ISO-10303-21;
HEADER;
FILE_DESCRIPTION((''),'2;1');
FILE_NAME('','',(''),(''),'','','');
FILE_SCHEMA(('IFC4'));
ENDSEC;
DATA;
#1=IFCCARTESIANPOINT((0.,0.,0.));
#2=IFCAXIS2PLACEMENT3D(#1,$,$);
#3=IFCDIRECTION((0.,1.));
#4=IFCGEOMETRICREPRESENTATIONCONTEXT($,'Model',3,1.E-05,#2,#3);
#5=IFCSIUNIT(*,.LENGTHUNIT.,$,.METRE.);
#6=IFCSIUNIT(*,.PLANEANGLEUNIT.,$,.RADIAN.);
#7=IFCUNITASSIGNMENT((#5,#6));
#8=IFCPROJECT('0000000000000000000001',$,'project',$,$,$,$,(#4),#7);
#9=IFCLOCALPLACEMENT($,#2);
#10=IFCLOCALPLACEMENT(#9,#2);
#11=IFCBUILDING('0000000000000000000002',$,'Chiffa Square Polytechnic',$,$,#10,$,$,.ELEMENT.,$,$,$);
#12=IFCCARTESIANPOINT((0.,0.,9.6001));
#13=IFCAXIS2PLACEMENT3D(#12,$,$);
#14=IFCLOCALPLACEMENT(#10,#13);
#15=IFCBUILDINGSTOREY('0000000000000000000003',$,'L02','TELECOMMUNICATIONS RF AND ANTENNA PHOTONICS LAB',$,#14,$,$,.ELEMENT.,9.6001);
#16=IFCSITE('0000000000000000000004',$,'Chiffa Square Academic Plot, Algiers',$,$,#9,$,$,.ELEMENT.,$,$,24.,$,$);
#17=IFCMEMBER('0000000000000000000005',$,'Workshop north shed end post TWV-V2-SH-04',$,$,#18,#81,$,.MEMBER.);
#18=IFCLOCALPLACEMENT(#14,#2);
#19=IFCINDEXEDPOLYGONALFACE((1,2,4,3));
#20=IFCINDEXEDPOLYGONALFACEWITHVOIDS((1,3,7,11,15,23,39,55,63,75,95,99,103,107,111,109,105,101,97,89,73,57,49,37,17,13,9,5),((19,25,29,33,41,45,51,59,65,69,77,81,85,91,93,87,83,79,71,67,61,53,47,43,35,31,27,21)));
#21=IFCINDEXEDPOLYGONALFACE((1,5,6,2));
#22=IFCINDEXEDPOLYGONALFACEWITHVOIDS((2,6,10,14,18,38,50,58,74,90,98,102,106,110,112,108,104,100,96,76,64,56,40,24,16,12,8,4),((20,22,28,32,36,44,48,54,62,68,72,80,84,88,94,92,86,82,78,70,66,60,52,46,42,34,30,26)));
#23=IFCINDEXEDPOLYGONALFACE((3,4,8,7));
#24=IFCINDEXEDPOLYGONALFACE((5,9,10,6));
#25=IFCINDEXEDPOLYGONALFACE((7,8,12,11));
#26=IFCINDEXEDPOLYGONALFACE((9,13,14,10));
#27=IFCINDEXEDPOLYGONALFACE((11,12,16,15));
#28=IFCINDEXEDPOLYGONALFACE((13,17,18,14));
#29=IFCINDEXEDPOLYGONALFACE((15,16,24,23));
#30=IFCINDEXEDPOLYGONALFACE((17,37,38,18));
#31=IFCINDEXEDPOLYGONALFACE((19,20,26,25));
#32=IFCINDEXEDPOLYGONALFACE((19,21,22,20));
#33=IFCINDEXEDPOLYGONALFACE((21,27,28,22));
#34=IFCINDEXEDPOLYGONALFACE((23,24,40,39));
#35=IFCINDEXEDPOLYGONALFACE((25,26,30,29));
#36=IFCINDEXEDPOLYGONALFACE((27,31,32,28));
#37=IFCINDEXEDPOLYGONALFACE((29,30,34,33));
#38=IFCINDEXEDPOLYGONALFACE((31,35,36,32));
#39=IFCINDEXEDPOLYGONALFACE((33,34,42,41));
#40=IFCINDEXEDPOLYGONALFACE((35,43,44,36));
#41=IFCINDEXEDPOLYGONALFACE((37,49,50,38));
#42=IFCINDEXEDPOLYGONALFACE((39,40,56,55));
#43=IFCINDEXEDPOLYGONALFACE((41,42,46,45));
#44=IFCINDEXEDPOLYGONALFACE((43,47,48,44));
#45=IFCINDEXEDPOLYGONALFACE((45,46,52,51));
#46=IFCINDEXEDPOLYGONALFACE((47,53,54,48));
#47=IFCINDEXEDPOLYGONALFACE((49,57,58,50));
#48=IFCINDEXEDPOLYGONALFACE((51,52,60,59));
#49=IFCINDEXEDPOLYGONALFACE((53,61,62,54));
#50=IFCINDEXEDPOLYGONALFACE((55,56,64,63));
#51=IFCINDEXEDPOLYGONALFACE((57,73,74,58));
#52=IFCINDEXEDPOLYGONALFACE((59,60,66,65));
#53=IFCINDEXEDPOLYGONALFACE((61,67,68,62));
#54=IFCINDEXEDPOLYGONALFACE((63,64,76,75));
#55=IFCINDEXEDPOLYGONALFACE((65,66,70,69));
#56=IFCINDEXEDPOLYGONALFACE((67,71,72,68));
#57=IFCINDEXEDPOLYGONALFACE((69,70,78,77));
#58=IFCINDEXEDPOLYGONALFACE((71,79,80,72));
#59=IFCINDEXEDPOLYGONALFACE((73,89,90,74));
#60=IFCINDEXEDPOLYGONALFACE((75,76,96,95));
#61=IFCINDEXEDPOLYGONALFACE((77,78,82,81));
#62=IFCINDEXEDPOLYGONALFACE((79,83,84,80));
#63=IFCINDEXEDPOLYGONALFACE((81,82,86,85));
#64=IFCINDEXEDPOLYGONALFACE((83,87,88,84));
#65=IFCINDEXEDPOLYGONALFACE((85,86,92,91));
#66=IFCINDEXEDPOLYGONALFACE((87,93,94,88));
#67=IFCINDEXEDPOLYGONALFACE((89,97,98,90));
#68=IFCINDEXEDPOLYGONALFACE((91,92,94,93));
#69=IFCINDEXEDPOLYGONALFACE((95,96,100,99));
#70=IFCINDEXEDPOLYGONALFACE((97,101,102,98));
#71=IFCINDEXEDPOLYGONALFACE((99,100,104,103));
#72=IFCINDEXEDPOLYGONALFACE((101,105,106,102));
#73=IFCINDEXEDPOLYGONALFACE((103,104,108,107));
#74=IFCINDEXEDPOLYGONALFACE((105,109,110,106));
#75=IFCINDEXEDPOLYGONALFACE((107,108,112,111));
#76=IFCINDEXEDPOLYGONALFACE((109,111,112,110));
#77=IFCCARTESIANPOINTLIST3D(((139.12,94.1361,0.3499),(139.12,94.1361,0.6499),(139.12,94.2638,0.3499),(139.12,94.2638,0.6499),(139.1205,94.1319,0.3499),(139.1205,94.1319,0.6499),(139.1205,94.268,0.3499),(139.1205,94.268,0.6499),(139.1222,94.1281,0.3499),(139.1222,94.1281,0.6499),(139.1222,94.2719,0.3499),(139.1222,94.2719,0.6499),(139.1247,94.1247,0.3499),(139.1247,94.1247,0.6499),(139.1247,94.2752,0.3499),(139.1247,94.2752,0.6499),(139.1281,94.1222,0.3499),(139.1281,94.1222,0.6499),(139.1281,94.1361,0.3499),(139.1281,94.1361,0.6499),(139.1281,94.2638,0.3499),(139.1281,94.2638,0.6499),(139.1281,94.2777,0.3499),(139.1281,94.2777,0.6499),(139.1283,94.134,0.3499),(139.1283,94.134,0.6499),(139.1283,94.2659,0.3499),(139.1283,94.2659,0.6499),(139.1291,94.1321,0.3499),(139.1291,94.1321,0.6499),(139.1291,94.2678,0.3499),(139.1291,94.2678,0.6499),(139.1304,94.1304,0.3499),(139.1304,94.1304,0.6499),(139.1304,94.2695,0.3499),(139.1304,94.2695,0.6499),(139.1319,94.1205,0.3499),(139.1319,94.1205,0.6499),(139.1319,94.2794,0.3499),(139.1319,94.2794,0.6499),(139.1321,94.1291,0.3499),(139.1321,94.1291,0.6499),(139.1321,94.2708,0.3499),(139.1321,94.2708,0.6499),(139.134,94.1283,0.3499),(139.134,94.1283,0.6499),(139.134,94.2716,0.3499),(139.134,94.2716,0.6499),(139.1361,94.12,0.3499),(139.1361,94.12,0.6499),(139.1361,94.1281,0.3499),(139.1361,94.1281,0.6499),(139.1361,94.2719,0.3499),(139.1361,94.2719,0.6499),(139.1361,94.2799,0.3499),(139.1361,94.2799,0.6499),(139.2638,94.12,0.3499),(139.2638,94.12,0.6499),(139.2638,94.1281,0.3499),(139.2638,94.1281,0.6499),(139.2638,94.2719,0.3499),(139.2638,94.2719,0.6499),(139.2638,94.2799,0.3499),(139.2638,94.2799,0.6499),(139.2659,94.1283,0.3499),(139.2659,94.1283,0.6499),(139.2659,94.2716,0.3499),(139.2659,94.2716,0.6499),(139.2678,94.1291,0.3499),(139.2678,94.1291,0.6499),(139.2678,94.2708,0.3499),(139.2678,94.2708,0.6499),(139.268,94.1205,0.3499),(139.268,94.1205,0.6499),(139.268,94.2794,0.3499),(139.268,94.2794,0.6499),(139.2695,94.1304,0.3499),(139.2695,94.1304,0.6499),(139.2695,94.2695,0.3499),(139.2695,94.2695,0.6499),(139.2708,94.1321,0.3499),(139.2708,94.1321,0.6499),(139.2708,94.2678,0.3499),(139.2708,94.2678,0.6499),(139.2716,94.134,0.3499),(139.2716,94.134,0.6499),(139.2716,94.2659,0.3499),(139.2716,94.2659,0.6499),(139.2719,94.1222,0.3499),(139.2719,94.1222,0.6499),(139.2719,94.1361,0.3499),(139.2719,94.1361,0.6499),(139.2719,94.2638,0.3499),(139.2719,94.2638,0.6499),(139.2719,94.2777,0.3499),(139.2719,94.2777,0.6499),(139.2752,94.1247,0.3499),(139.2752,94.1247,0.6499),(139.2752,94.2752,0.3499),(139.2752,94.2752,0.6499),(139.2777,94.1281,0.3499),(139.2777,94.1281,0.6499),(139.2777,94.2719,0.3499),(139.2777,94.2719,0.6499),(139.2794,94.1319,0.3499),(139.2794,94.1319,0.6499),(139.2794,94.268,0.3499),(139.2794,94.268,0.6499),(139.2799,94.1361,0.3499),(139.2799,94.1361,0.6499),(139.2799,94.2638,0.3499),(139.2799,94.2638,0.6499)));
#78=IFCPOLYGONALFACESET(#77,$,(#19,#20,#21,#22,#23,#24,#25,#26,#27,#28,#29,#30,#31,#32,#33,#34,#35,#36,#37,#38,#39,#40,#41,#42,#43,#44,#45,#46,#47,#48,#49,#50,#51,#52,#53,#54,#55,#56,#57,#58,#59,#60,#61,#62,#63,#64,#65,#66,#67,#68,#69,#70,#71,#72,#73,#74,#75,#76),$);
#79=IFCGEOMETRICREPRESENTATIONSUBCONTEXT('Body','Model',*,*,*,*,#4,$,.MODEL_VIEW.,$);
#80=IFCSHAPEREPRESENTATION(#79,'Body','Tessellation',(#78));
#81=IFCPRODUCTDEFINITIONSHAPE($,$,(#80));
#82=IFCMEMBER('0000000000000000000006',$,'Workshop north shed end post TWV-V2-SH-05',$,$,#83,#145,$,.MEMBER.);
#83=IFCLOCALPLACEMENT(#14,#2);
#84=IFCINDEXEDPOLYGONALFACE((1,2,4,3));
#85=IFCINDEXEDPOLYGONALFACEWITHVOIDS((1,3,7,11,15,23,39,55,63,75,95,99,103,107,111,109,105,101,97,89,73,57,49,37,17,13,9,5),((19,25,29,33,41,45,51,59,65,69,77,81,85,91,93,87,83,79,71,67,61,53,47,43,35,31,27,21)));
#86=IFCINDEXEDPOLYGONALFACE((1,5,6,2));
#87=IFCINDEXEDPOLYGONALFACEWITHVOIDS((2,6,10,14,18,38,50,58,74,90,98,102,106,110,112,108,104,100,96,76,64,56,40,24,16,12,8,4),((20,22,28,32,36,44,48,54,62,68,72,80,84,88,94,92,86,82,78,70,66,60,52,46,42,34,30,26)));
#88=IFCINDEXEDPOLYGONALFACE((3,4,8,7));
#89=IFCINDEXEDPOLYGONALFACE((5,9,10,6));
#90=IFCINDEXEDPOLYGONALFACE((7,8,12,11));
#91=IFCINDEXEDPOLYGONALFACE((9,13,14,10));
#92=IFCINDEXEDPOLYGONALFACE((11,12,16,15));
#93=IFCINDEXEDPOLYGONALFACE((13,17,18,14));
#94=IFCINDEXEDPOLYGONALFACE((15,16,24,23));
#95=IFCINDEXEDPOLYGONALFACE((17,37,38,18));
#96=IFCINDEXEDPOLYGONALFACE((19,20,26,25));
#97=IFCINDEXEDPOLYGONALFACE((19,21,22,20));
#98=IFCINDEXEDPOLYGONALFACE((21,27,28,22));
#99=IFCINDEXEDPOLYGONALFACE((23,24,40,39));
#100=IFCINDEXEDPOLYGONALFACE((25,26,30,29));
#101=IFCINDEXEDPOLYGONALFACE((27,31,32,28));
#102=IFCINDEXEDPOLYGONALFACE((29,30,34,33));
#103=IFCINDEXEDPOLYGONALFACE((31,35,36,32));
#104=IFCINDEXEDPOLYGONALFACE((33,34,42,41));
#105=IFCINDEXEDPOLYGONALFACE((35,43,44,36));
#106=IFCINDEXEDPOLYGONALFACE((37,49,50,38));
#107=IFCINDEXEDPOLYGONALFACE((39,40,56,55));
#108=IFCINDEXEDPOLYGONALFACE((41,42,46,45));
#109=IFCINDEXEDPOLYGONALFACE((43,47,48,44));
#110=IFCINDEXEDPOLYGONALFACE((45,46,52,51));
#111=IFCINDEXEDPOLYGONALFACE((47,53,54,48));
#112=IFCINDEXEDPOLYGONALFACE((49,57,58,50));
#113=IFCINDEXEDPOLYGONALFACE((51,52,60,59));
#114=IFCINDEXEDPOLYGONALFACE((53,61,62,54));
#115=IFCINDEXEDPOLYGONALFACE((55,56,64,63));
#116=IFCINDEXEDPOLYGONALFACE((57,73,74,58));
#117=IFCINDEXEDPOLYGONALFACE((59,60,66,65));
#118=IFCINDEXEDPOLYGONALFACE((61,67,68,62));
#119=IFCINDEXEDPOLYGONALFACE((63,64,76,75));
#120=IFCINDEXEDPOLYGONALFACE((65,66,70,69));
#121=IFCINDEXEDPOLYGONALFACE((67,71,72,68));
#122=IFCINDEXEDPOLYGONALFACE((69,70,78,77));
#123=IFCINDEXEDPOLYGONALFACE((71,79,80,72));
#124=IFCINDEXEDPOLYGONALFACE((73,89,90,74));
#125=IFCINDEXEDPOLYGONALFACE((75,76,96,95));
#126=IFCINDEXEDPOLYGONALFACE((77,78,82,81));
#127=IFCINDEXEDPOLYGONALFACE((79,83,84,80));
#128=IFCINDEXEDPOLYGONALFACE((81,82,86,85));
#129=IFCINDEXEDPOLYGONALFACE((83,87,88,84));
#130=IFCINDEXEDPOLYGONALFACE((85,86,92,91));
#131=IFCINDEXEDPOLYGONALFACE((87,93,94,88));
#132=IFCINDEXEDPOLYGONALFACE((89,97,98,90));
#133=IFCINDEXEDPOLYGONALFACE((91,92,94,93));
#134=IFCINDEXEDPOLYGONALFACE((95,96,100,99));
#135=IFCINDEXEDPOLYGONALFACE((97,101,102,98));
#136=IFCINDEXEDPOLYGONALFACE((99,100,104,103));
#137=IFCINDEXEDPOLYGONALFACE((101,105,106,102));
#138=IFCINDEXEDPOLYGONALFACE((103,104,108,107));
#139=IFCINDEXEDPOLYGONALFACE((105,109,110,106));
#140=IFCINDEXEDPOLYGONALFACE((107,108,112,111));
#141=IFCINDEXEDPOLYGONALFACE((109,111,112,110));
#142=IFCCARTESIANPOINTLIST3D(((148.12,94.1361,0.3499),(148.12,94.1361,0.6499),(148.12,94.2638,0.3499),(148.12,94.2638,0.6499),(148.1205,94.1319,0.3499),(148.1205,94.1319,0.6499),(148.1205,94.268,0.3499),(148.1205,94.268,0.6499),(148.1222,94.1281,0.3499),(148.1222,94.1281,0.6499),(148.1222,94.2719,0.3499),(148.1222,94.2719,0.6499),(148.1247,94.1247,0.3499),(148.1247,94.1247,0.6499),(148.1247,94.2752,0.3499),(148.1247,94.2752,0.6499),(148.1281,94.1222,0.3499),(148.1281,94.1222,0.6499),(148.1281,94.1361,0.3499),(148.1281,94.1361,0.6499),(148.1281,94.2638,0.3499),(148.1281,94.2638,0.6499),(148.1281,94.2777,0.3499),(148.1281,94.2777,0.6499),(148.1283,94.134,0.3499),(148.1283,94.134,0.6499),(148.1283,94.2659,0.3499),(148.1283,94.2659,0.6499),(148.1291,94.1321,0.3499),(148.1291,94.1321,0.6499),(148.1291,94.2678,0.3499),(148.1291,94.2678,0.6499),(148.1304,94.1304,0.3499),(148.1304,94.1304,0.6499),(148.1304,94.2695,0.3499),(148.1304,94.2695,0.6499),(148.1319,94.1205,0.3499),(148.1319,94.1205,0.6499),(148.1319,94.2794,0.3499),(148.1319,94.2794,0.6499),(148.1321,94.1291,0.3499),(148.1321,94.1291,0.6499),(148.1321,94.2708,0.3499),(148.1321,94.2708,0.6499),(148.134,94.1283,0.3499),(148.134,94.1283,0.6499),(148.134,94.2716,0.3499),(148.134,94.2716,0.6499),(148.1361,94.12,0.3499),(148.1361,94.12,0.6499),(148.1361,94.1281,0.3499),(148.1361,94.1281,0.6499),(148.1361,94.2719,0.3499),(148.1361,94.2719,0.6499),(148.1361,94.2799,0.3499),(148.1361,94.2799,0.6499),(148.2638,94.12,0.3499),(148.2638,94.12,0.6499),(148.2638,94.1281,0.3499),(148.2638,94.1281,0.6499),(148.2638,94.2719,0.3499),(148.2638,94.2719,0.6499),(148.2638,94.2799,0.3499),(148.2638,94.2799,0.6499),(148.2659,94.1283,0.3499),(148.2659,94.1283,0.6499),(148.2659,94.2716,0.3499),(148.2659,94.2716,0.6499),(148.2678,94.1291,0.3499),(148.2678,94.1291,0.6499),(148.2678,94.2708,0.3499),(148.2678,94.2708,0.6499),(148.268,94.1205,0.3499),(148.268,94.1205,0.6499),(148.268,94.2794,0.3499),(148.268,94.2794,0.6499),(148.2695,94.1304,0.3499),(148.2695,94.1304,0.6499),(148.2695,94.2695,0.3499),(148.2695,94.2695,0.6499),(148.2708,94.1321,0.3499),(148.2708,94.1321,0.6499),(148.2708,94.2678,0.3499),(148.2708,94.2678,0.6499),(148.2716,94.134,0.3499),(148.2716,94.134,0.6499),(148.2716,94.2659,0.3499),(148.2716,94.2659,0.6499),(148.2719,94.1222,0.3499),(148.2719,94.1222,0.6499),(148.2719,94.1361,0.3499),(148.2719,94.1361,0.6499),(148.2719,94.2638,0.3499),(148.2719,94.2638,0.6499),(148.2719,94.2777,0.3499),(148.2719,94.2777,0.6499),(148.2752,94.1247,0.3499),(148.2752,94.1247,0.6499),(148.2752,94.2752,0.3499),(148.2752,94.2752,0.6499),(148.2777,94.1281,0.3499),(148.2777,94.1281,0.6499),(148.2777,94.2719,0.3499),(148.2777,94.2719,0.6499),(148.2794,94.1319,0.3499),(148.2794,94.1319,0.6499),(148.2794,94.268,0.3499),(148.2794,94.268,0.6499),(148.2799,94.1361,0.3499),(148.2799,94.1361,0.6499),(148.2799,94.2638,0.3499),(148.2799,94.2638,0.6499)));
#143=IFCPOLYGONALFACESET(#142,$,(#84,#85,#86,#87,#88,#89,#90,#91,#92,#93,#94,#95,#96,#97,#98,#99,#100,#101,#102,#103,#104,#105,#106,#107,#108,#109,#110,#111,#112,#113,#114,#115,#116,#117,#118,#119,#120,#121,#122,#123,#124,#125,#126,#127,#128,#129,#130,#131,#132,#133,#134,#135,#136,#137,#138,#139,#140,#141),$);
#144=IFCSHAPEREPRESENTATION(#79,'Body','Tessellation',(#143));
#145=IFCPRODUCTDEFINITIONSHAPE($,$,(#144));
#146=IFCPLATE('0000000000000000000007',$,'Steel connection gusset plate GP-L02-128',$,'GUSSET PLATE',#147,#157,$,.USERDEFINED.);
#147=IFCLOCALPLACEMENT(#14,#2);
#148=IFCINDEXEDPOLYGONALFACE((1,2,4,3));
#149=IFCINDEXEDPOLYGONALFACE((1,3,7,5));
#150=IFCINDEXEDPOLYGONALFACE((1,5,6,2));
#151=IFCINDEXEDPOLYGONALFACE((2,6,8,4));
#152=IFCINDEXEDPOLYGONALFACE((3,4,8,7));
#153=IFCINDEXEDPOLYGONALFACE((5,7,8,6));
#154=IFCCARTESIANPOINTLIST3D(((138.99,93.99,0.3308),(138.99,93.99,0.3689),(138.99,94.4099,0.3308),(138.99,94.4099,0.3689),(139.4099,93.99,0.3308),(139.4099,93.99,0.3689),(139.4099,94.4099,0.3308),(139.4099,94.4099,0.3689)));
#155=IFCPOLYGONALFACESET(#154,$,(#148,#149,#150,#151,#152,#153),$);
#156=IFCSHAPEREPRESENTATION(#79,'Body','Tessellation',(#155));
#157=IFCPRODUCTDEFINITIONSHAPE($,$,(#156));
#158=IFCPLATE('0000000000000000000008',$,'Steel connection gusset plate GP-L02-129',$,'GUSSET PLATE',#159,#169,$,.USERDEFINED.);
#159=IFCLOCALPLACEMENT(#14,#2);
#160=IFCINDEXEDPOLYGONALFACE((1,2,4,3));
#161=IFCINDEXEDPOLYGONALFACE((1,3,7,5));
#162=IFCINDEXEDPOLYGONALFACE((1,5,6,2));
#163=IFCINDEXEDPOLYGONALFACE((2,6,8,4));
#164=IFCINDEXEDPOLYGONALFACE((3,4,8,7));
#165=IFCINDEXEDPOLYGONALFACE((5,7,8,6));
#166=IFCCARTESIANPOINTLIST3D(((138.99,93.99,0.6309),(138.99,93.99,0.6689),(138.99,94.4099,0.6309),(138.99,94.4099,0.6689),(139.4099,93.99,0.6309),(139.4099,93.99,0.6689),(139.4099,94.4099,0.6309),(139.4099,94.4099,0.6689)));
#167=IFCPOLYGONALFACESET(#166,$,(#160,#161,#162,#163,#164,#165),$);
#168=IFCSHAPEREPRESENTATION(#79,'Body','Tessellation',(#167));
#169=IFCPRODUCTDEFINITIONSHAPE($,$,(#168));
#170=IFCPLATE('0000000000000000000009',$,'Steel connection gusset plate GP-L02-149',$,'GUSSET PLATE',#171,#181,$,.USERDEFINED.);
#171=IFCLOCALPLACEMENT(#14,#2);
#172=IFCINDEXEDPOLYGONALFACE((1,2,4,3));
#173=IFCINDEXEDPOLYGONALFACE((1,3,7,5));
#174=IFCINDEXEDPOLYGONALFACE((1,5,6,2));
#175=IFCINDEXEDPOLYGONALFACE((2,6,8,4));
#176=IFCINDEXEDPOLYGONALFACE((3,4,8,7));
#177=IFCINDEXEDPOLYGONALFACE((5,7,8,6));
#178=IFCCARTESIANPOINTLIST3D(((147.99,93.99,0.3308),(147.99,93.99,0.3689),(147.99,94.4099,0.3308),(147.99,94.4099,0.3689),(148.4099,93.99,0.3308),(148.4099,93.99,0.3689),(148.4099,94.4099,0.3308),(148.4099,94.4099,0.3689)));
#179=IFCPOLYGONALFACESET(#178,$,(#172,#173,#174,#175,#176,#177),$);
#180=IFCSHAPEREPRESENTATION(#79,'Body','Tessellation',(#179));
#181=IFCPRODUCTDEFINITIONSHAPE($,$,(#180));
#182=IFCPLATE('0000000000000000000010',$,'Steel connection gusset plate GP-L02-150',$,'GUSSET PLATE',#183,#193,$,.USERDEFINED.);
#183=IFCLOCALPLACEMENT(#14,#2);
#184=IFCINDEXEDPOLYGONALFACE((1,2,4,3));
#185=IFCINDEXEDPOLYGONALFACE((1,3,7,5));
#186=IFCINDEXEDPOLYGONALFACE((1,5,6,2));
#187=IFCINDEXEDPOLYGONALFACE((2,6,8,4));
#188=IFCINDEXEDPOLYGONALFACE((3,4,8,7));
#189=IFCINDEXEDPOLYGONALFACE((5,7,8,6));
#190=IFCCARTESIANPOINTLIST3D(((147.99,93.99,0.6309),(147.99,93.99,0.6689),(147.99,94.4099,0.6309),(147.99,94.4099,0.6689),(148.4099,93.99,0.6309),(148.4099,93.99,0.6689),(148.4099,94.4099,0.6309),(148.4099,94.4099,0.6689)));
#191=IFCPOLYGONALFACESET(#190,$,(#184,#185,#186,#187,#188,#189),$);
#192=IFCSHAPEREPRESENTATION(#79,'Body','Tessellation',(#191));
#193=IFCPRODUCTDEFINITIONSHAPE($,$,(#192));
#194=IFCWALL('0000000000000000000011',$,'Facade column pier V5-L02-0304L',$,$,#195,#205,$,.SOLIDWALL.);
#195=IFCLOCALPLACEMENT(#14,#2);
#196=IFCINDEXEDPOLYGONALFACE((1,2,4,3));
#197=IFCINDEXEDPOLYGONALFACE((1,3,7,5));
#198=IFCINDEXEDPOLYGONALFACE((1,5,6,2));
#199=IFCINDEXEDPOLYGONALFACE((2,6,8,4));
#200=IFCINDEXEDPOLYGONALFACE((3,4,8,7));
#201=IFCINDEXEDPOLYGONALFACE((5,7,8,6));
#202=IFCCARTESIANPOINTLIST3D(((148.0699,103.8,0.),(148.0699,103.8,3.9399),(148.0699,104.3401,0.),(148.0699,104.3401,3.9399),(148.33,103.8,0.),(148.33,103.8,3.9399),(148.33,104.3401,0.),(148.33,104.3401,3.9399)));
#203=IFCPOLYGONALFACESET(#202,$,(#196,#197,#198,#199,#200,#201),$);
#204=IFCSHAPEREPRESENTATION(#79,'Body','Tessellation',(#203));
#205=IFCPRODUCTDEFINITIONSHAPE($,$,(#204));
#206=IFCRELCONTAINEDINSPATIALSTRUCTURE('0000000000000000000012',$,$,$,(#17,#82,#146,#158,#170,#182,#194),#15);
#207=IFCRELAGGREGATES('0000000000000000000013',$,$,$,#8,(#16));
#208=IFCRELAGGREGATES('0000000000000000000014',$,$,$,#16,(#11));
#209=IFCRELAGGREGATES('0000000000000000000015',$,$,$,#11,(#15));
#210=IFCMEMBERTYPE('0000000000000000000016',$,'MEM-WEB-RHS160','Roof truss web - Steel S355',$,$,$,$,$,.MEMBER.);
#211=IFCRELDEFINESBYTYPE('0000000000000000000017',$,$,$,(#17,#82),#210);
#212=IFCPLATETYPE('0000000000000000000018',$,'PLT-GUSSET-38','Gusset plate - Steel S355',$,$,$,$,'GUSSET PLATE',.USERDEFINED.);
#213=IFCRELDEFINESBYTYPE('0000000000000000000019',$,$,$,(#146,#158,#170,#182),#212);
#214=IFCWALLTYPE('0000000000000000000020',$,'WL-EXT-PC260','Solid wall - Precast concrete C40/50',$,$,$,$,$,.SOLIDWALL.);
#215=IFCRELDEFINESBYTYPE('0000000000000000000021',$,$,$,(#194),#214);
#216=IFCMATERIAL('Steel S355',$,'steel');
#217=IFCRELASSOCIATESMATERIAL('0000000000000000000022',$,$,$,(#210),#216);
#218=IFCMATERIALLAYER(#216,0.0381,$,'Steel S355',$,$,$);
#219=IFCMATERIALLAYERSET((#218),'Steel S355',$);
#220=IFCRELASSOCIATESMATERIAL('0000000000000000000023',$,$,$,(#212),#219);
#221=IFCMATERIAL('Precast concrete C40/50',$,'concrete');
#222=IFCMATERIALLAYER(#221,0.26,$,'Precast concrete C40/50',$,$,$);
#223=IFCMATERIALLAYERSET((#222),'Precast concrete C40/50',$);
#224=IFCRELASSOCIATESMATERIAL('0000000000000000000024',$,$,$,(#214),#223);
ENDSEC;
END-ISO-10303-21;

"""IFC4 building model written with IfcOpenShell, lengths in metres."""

from ifc_helpers import new_model, si_unit, direction, frame, frame_2d, origin, origin_2d, place, context, subcontext, project, spatial, rectangle, hollow_rectangle, extrude, material, layer, layer_set, material_profile, profile_set, type_object, element, save


model = new_model("IFC4")

# Units and contexts
model_context = context("Model", 3, precision=1e-05, world=origin(), true_north=direction((0.0, 1.0)))
body_context = subcontext(model_context, "Body", "Model", "MODEL_VIEW")
ifc_project = project(units=[si_unit("LENGTHUNIT", "METRE"), si_unit("PLANEANGLEUNIT", "RADIAN")], contexts=[model_context])

# Site, building, storey
site_placement = place(None, origin())
site = spatial("IfcSite", under=ifc_project, at=site_placement, Name="Chiffa Square Academic Plot, Algiers", CompositionType="ELEMENT", RefElevation=24.0)
building_placement = place(site_placement, origin())
building = spatial("IfcBuilding", under=site, at=building_placement, Name="Chiffa Square Polytechnic", CompositionType="ELEMENT")
storey_placement = place(building_placement, frame((0.0, 0.0, 9.6001)))
storey = spatial("IfcBuildingStorey", under=building, at=storey_placement, Name="L02", Description="TELECOMMUNICATIONS RF AND ANTENNA PHOTONICS LAB", CompositionType="ELEMENT", Elevation=9.6001)

# Shared definitions
ifc_material_1 = material(Name="Steel S355", Category="steel")

# Members
ifc_material_profile_1 = material_profile(ifc_material_1, hollow_rectangle(XDim=0.1599, YDim=0.1599, WallThickness=0.0081, InnerFilletRadius=0.0081, OuterFilletRadius=0.0161, at=origin_2d()), Name="RHS 160x160x8")
ifc_profile_set_1 = profile_set([ifc_material_profile_1], Name="Steel S355")
member_type_1 = type_object("IfcMemberType", Name="MEM-WEB-RHS160", Description="Roof truss web - Steel S355", PredefinedType="MEMBER", material=ifc_profile_set_1)
for number, where, z_axis, x_axis, name in (
    (1, (139.2, 94.2, 0.3499), (0.0, 0.0, 1.0), (1.0, 0.0, 0.0), "Workshop north shed end post TWV-V2-SH-04"),
    (2, (148.2, 94.2, 0.3499), (0.0, 0.0, 1.0), (1.0, 0.0, 0.0), "Workshop north shed end post TWV-V2-SH-05"),
):
    element("IfcMember", number, at=place(storey_placement, frame(where, z_axis=z_axis, x_axis=x_axis)), inside=storey, type_object=member_type_1, Name=name, PredefinedType="MEMBER", context=body_context, shape_type="SweptSolid", body=[
        extrude(hollow_rectangle(XDim=0.1599, YDim=0.1599, WallThickness=0.0081, InnerFilletRadius=0.0081, OuterFilletRadius=0.0161, at=origin_2d()), origin(), (0.0, 0.0, 1.0), 0.3),
    ])

# Plates
ifc_layer_1 = layer(ifc_material_1, 0.0381, Name="Steel S355")
ifc_layer_set_1 = layer_set([ifc_layer_1], Name="Steel S355")
plate_type = type_object("IfcPlateType", Name="PLT-GUSSET-38", Description="Gusset plate - Steel S355", ElementType="GUSSET PLATE", PredefinedType="USERDEFINED", material=ifc_layer_set_1)
for number, where, z_axis, x_axis, name in (
    (3, (139.2, 94.2, 0.3308), (0.0, 0.0, 1.0), (1.0, 0.0, 0.0), "Steel connection gusset plate GP-L02-128"),
    (4, (139.2, 94.2, 0.6309), (0.0, 0.0, 1.0), (1.0, 0.0, 0.0), "Steel connection gusset plate GP-L02-129"),
    (5, (148.2, 94.2, 0.3308), (0.0, 0.0, 1.0), (1.0, 0.0, 0.0), "Steel connection gusset plate GP-L02-149"),
    (6, (148.2, 94.2, 0.6309), (0.0, 0.0, 1.0), (1.0, 0.0, 0.0), "Steel connection gusset plate GP-L02-150"),
):
    element("IfcPlate", number, at=place(storey_placement, frame(where, z_axis=z_axis, x_axis=x_axis)), inside=storey, type_object=plate_type, Name=name, ObjectType="GUSSET PLATE", PredefinedType="USERDEFINED", context=body_context, shape_type="SweptSolid", body=[
        extrude(rectangle(XDim=0.4199, YDim=0.4199, at=origin_2d()), origin(), (0.0, 0.0, 1.0), 0.0381),
    ])

# Wall
ifc_material_2 = material(Name="Precast concrete C40/50", Category="concrete")
ifc_layer_2 = layer(ifc_material_2, 0.26, Name="Precast concrete C40/50")
ifc_layer_set_2 = layer_set([ifc_layer_2], Name="Precast concrete C40/50")
wall_type_1 = type_object("IfcWallType", Name="WL-EXT-PC260", Description="Solid wall - Precast concrete C40/50", PredefinedType="SOLIDWALL", material=ifc_layer_set_2)
wall_1_placement = place(storey_placement, frame((148.2, 103.8, 0.0), z_axis=(0.0, 0.0, 1.0), x_axis=(0.0, 1.0, 0.0)))
element("IfcWall", 7, at=wall_1_placement, inside=storey, type_object=wall_type_1, Name="Facade column pier V5-L02-0304L", PredefinedType="SOLIDWALL", context=body_context, shape_type="SweptSolid", body=[
    extrude(rectangle(XDim=0.54, YDim=0.26, at=frame_2d((0.27, 0.0))), origin(), (0.0, 0.0, 1.0), 3.9399),
])

save(model, "model.ifc")
